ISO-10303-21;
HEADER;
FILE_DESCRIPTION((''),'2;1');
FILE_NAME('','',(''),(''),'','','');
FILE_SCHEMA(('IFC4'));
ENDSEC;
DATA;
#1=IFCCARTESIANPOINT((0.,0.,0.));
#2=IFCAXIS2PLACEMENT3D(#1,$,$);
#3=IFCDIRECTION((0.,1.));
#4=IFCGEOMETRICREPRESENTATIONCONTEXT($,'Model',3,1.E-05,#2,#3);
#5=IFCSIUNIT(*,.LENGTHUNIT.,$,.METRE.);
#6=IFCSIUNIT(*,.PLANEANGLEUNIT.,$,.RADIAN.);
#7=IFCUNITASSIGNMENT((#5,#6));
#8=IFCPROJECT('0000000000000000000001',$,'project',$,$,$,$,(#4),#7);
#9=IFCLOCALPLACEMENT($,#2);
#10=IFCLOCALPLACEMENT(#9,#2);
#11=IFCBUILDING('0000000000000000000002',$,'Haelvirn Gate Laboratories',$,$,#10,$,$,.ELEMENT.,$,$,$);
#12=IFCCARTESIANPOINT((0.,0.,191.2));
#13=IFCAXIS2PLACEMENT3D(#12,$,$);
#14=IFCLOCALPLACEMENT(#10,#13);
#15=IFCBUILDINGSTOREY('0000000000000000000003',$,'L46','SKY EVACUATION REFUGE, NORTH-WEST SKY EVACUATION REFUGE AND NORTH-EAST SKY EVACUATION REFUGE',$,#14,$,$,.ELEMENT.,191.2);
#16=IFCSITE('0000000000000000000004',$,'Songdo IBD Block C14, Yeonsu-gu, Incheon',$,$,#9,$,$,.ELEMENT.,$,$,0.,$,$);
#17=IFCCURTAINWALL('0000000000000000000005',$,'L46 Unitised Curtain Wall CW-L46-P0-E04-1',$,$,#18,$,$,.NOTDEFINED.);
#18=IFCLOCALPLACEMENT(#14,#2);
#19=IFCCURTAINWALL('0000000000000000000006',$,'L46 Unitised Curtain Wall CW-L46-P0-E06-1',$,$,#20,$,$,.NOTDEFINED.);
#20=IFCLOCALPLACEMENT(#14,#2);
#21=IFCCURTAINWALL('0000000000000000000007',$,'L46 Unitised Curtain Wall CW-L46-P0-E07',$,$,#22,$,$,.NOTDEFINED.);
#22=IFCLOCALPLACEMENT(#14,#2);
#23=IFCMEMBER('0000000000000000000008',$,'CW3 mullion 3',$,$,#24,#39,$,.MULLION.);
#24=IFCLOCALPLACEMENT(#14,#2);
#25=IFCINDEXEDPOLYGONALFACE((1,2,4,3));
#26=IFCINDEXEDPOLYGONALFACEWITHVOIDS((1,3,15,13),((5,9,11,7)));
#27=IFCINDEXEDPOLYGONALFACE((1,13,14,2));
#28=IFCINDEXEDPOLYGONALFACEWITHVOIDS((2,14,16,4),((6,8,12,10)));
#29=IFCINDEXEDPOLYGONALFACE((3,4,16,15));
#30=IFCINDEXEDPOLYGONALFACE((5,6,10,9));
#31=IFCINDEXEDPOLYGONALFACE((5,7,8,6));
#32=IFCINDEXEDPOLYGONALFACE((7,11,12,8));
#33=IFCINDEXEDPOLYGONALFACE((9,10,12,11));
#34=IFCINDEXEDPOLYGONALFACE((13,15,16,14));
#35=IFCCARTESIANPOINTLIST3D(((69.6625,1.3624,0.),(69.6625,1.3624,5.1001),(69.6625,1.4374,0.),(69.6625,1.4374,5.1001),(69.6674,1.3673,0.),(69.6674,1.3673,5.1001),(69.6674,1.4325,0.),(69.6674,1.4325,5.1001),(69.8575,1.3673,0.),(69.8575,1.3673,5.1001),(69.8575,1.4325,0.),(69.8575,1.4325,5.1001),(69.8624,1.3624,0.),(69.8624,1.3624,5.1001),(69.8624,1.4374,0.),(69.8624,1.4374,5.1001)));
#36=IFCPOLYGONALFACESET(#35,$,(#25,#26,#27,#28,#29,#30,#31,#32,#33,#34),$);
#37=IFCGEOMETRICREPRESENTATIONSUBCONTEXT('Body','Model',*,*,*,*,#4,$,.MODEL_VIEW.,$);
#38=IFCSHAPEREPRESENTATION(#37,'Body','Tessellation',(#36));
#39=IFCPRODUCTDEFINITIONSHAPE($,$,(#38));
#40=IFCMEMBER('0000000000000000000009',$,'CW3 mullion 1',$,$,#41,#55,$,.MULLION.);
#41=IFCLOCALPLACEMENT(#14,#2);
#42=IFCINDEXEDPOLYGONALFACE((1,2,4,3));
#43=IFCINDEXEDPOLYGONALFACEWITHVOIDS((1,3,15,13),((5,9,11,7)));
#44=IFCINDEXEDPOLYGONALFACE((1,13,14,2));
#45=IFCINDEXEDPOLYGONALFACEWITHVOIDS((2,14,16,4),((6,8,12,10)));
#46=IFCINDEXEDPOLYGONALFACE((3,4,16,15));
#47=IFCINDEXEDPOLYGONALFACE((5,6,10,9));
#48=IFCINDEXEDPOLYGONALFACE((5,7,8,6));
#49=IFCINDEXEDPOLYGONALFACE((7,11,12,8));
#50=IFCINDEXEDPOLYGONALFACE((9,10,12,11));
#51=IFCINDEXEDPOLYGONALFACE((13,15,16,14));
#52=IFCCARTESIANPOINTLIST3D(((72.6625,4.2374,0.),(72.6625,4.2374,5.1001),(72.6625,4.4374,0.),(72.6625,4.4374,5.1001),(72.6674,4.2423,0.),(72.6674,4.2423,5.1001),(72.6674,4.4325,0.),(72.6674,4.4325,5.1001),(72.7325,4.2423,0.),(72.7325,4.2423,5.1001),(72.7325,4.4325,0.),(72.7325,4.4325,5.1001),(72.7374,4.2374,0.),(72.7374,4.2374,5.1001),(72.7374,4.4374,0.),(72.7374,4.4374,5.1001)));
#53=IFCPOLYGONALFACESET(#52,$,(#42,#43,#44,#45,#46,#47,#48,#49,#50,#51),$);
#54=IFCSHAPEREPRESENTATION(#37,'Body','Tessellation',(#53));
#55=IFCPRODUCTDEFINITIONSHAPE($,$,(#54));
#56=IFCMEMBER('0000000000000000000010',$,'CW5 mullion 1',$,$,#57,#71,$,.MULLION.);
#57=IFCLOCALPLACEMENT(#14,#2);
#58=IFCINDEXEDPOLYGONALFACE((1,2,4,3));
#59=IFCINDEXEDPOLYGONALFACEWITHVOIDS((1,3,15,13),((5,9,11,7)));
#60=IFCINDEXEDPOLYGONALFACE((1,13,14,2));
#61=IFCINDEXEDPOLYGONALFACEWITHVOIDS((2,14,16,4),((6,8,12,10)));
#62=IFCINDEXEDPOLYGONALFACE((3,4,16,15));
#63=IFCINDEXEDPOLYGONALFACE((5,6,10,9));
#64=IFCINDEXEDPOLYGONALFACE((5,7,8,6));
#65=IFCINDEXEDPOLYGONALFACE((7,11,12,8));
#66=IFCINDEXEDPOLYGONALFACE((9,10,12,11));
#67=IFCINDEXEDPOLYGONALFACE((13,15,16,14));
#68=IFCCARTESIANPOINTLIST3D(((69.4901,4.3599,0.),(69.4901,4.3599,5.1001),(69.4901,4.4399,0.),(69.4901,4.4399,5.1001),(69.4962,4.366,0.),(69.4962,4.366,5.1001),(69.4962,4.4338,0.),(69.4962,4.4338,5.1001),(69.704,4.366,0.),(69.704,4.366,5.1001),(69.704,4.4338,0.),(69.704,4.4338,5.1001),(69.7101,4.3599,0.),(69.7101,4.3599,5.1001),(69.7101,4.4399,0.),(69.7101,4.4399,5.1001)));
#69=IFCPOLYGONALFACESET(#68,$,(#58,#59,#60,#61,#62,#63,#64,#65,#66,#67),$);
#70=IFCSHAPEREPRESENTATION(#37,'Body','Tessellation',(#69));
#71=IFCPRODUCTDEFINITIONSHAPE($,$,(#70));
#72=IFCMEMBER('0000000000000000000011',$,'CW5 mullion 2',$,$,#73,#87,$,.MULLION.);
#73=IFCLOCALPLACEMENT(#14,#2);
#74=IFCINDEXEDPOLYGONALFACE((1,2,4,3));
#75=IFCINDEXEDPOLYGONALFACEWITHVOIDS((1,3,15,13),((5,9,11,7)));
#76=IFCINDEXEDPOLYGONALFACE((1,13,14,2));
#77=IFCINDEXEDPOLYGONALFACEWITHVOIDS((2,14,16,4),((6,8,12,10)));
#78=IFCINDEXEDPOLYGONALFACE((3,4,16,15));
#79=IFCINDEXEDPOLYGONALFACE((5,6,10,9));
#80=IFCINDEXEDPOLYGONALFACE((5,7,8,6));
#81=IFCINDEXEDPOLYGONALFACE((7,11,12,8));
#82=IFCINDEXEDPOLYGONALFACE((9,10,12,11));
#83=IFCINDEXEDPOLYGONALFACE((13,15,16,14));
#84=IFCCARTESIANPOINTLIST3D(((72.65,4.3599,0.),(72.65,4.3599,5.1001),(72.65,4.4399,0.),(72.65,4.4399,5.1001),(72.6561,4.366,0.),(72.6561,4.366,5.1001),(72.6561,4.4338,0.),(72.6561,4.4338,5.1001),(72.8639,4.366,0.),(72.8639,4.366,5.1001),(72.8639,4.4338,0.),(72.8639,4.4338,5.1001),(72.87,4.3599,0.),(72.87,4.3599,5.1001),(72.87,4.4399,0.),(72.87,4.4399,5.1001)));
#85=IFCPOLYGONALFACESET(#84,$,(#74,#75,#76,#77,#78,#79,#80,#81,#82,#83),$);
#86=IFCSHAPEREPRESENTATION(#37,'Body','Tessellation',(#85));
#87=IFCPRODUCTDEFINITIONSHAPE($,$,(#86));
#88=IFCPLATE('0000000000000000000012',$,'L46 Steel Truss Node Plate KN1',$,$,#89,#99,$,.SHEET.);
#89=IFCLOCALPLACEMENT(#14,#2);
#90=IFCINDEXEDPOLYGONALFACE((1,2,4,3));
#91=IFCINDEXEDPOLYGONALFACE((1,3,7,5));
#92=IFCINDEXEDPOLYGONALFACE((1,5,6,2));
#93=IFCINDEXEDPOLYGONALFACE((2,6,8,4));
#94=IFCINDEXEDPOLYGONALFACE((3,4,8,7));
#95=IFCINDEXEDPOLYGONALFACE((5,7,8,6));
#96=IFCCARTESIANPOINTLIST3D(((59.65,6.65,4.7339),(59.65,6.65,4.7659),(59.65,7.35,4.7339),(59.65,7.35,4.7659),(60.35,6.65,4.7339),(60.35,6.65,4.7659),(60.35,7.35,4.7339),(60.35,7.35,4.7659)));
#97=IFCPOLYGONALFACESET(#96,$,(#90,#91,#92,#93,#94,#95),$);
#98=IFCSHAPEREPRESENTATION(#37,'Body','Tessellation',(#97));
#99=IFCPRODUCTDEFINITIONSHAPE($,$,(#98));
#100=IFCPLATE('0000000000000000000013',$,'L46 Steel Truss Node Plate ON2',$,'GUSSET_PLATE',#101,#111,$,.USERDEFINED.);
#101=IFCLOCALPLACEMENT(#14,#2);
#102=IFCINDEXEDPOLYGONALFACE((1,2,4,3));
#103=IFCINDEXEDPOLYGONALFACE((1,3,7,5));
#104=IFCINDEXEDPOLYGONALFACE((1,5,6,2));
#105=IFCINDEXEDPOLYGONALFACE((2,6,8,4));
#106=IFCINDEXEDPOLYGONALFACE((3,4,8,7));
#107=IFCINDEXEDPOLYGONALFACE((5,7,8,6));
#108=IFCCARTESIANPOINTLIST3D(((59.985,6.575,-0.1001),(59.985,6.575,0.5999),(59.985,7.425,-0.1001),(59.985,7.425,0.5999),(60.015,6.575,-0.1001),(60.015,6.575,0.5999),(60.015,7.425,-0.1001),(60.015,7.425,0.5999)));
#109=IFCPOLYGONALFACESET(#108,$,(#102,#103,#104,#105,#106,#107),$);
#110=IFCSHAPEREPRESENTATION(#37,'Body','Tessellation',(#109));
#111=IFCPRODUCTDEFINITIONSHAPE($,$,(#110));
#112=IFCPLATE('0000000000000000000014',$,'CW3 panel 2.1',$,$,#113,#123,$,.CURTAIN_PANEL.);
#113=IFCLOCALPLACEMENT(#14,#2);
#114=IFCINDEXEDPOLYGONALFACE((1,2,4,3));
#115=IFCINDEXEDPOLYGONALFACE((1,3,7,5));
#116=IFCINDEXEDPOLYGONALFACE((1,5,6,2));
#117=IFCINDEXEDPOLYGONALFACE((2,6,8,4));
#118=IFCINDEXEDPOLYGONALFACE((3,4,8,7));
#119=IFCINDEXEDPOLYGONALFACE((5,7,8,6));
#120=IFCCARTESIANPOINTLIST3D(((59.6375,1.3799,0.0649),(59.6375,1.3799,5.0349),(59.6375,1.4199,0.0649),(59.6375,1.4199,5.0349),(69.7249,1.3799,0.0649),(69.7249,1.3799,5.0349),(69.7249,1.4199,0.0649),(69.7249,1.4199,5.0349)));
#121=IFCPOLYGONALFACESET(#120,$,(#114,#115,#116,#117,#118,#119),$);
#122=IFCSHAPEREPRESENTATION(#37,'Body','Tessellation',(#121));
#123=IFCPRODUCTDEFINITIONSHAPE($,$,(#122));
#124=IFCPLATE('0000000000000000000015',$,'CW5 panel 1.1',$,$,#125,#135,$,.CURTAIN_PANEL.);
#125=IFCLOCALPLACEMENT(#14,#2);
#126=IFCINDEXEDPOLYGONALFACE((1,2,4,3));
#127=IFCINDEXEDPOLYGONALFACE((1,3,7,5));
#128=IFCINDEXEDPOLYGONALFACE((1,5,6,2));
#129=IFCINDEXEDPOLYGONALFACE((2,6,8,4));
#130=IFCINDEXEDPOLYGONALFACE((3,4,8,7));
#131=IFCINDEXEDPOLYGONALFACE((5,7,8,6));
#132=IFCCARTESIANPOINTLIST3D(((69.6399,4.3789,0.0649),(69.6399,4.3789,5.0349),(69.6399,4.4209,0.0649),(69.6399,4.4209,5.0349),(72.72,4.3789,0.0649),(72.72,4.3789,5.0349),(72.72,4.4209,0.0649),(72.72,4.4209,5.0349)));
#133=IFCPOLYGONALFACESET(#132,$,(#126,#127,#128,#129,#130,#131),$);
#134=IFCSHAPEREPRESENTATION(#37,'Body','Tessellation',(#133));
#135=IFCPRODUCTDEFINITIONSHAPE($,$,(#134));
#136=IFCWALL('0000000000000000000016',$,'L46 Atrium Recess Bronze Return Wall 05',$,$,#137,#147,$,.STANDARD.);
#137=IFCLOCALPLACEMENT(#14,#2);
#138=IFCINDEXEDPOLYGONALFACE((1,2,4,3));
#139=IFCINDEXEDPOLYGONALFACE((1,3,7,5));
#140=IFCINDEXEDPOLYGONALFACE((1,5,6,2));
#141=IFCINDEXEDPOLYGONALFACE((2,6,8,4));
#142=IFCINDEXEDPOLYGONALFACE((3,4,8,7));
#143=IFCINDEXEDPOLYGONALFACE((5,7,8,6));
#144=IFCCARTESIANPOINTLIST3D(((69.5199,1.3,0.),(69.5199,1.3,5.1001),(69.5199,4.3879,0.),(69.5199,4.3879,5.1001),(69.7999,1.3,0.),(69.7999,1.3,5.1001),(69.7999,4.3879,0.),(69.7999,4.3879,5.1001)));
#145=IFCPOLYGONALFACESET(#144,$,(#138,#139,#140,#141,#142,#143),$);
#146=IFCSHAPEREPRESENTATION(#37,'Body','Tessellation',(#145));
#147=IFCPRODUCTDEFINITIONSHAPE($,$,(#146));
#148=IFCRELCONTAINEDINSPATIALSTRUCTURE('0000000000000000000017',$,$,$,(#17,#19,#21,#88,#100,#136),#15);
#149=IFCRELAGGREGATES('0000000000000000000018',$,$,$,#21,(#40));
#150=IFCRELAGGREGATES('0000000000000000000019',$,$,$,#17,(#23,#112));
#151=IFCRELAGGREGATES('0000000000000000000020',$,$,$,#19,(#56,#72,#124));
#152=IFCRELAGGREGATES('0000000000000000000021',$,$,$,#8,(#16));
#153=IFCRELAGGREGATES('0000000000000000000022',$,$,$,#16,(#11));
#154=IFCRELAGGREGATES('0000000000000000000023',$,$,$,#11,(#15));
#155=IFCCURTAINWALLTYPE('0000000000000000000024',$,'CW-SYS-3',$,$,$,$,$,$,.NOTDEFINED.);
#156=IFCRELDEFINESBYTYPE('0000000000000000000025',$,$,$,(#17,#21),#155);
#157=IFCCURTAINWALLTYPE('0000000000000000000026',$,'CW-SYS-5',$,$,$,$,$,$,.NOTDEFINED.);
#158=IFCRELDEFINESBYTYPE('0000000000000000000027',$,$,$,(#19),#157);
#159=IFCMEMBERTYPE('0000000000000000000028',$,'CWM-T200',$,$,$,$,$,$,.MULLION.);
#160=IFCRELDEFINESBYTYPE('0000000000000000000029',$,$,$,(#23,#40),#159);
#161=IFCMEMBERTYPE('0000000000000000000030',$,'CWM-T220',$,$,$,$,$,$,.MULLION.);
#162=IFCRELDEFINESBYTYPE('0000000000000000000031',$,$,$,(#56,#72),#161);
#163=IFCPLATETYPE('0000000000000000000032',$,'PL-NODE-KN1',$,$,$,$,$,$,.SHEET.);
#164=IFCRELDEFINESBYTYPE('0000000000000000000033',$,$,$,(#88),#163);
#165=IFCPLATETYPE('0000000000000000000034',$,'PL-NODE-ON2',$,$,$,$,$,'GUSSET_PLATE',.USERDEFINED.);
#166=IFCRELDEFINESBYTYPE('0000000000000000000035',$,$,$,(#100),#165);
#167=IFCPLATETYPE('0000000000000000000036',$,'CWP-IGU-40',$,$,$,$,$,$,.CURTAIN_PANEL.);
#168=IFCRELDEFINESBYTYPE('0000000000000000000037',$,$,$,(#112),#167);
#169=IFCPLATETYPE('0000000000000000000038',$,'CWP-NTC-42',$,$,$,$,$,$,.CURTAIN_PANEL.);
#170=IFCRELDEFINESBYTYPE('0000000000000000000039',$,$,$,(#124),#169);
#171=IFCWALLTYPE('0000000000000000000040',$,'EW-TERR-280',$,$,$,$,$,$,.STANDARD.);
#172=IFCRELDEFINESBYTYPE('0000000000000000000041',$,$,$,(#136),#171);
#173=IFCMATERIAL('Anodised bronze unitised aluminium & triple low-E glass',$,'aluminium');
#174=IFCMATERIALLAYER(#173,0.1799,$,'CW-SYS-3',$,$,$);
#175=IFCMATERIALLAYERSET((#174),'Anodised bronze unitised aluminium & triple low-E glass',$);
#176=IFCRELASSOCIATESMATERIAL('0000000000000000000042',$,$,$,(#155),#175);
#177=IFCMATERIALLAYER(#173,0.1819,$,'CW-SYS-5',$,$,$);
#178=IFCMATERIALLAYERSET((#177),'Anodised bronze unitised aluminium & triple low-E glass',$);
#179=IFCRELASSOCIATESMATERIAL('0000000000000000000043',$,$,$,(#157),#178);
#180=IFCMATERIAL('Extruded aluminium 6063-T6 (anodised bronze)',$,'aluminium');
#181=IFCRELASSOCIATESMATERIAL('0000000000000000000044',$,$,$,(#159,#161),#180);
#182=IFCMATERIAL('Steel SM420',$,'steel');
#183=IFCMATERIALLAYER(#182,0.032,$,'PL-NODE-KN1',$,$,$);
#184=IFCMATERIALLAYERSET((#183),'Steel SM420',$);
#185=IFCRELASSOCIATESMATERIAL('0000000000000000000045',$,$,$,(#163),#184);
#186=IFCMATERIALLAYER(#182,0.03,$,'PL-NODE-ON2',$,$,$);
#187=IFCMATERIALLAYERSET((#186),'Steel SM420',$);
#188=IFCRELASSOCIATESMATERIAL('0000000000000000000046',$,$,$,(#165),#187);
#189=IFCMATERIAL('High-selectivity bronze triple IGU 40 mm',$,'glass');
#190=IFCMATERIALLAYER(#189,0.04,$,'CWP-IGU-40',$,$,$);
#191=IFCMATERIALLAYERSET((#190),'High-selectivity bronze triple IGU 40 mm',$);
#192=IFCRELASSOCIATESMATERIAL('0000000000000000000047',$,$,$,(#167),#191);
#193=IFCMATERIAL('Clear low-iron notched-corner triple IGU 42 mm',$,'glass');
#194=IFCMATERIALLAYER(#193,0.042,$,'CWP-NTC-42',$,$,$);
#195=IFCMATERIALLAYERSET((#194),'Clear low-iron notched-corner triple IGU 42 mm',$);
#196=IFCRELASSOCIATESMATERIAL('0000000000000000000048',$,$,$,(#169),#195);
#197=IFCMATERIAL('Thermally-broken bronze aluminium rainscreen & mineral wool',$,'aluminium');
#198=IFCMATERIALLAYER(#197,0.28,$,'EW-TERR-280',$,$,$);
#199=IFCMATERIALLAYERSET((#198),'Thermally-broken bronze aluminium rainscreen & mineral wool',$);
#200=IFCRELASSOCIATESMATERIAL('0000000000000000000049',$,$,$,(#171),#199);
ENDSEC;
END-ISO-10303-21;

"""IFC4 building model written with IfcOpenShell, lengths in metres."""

from ifc_helpers import new_model, si_unit, direction, frame, frame_2d, origin, origin_2d, place, context, subcontext, project, spatial, rectangle, hollow_rectangle, extrude, source, transform, mapped, material, layer, layer_set, material_profile, profile_set, type_object, type_shapes, element, aggregate, save


model = new_model("IFC4")

# Units and contexts
model_context = context("Model", 3, precision=1e-05, world=origin(), true_north=direction((0.0, 1.0)))
body_context = subcontext(model_context, "Body", "Model", "MODEL_VIEW")
ifc_project = project(units=[si_unit("LENGTHUNIT", "METRE"), si_unit("PLANEANGLEUNIT", "RADIAN")], contexts=[model_context])

# Site, building, storey
site_placement = place(None, origin())
site = spatial("IfcSite", under=ifc_project, at=site_placement, Name="Songdo IBD Block C14, Yeonsu-gu, Incheon", CompositionType="ELEMENT", RefElevation=0.0)
building_placement = place(site_placement, origin())
building = spatial("IfcBuilding", under=site, at=building_placement, Name="Haelvirn Gate Laboratories", CompositionType="ELEMENT")
storey_placement = place(building_placement, frame((0.0, 0.0, 191.2)))
storey = spatial("IfcBuildingStorey", under=building, at=storey_placement, Name="L46", Description="SKY EVACUATION REFUGE, NORTH-WEST SKY EVACUATION REFUGE AND NORTH-EAST SKY EVACUATION REFUGE", CompositionType="ELEMENT", Elevation=191.2)

# Shared definitions
ifc_material_1 = material(Name="Steel SM420", Category="steel")

# Curtain walls
ifc_material_2 = material(Name="Anodised bronze unitised aluminium & triple low-E glass", Category="aluminium")
ifc_layer_1 = layer(ifc_material_2, 0.1799, Name="CW-SYS-3")
ifc_layer_set_1 = layer_set([ifc_layer_1], Name="Anodised bronze unitised aluminium & triple low-E glass")
curtain_wall_type_1 = type_object("IfcCurtainWallType", Name="CW-SYS-3", PredefinedType="NOTDEFINED", material=ifc_layer_set_1)
curtain_wall_1_placement = place(storey_placement, origin())
curtain_wall_1 = element("IfcCurtainWall", 1, at=curtain_wall_1_placement, inside=storey, type_object=curtain_wall_type_1, Name="L46 Unitised Curtain Wall CW-L46-P0-E04-1", PredefinedType="NOTDEFINED")
ifc_material_3 = material(Name="Extruded aluminium 6063-T6 (anodised bronze)", Category="aluminium")
ifc_layer_2 = layer(ifc_material_2, 0.1819, Name="CW-SYS-5")
ifc_layer_set_2 = layer_set([ifc_layer_2], Name="Anodised bronze unitised aluminium & triple low-E glass")
curtain_wall_type_2 = type_object("IfcCurtainWallType", Name="CW-SYS-5", PredefinedType="NOTDEFINED", material=ifc_layer_set_2)
curtain_wall_2_placement = place(storey_placement, origin())
curtain_wall_2 = element("IfcCurtainWall", 2, at=curtain_wall_2_placement, inside=storey, type_object=curtain_wall_type_2, Name="L46 Unitised Curtain Wall CW-L46-P0-E06-1", PredefinedType="NOTDEFINED")
curtain_wall_3_placement = place(storey_placement, origin())
curtain_wall_3 = element("IfcCurtainWall", 3, at=curtain_wall_3_placement, inside=storey, type_object=curtain_wall_type_1, Name="L46 Unitised Curtain Wall CW-L46-P0-E07", PredefinedType="NOTDEFINED")

# Members
ifc_material_profile_1 = material_profile(ifc_material_3, hollow_rectangle(XDim=0.075, YDim=0.2, WallThickness=0.0049, at=origin_2d()), Name="CWM-200x75x5")
ifc_profile_set_1 = profile_set([ifc_material_profile_1], Name="Extruded aluminium 6063-T6 (anodised bronze)")
member_type_1 = type_object("IfcMemberType", Name="CWM-T200", PredefinedType="MULLION", material=ifc_profile_set_1)
shared_shape_1 = source(origin(), body_context, "Body", "SweptSolid", [
    extrude(hollow_rectangle(XDim=0.075, YDim=0.2, WallThickness=0.0049, at=origin_2d()), origin(), (0.0, 0.0, 1.0), 5.1001),
])
type_shapes(member_type_1, [shared_shape_1])
member_1_placement = place(storey_placement, frame((69.7625, 1.3999, 0.0), z_axis=(0.0, 0.0, 1.0), x_axis=(0.0, 1.0, 0.0)))
member_1 = element("IfcMember", 4, at=member_1_placement, type_object=member_type_1, Name="CW3 mullion 3", PredefinedType="MULLION", context=body_context, shape_type="MappedRepresentation", body=[
    mapped(shared_shape_1, transform((0.0, 0.0, 0.0), scale=1.0)),
])
member_2_placement = place(storey_placement, frame((72.7, 4.3374, 0.0), z_axis=(0.0, 0.0, 1.0), x_axis=(-1.0, 0.0, 0.0)))
member_2 = element("IfcMember", 5, at=member_2_placement, type_object=member_type_1, Name="CW3 mullion 1", PredefinedType="MULLION", context=body_context, shape_type="MappedRepresentation", body=[
    mapped(shared_shape_1, transform((0.0, 0.0, 0.0), scale=1.0)),
])
aggregate(curtain_wall_3, [member_2])
ifc_material_profile_2 = material_profile(ifc_material_3, hollow_rectangle(XDim=0.0801, YDim=0.22, WallThickness=0.0061, at=origin_2d()), Name="CWM-220x80x6")
ifc_profile_set_2 = profile_set([ifc_material_profile_2], Name="Extruded aluminium 6063-T6 (anodised bronze)")
member_type_2 = type_object("IfcMemberType", Name="CWM-T220", PredefinedType="MULLION", material=ifc_profile_set_2)
shared_shape_2 = source(origin(), body_context, "Body", "SweptSolid", [
    extrude(hollow_rectangle(XDim=0.0801, YDim=0.22, WallThickness=0.0061, at=origin_2d()), origin(), (0.0, 0.0, 1.0), 5.1001),
])
type_shapes(member_type_2, [shared_shape_2])
member_3_placement = place(storey_placement, frame((69.6001, 4.3999, 0.0), z_axis=(0.0, 0.0, 1.0), x_axis=(0.0, 1.0, 0.0)))
member_3 = element("IfcMember", 6, at=member_3_placement, type_object=member_type_2, Name="CW5 mullion 1", PredefinedType="MULLION", context=body_context, shape_type="MappedRepresentation", body=[
    mapped(shared_shape_2, transform((0.0, 0.0, 0.0), scale=1.0)),
])
member_4_placement = place(storey_placement, frame((72.76, 4.3999, 0.0), z_axis=(0.0, 0.0, 1.0), x_axis=(0.0, 1.0, 0.0)))
member_4 = element("IfcMember", 7, at=member_4_placement, type_object=member_type_2, Name="CW5 mullion 2", PredefinedType="MULLION", context=body_context, shape_type="MappedRepresentation", body=[
    mapped(shared_shape_2, transform((0.0, 0.0, 0.0), scale=1.0)),
])

# Plates
ifc_layer_3 = layer(ifc_material_1, 0.032, Name="PL-NODE-KN1")
ifc_layer_set_3 = layer_set([ifc_layer_3], Name="Steel SM420")
plate_type_1 = type_object("IfcPlateType", Name="PL-NODE-KN1", PredefinedType="SHEET", material=ifc_layer_set_3)
shared_shape_3 = source(origin(), body_context, "Body", "SweptSolid", [
    extrude(rectangle(XDim=0.7, YDim=0.7, at=origin_2d()), origin(), (0.0, 0.0, 1.0), 0.032),
])
type_shapes(plate_type_1, [shared_shape_3])
plate_1_placement = place(storey_placement, frame((60.0, 7.0, 4.7339), z_axis=(0.0, 0.0, 1.0), x_axis=(1.0, 0.0, 0.0)))
element("IfcPlate", 8, at=plate_1_placement, inside=storey, type_object=plate_type_1, Name="L46 Steel Truss Node Plate KN1", PredefinedType="SHEET", context=body_context, shape_type="MappedRepresentation", body=[
    mapped(shared_shape_3, transform((0.0, 0.0, 0.0), scale=1.0)),
])
ifc_layer_4 = layer(ifc_material_1, 0.03, Name="PL-NODE-ON2")
ifc_layer_set_4 = layer_set([ifc_layer_4], Name="Steel SM420")
plate_type_2 = type_object("IfcPlateType", Name="PL-NODE-ON2", ElementType="GUSSET_PLATE", PredefinedType="USERDEFINED", material=ifc_layer_set_4)
shared_shape_4 = source(origin(), body_context, "Body", "SweptSolid", [
    extrude(rectangle(XDim=0.8501, YDim=0.03, at=origin_2d()), origin(), (0.0, 0.0, 1.0), 0.7),
])
type_shapes(plate_type_2, [shared_shape_4])
plate_2_placement = place(storey_placement, frame((60.0, 7.0, -0.1001), z_axis=(0.0, 0.0, 1.0), x_axis=(0.0, 1.0, 0.0)))
element("IfcPlate", 9, at=plate_2_placement, inside=storey, type_object=plate_type_2, Name="L46 Steel Truss Node Plate ON2", ObjectType="GUSSET_PLATE", PredefinedType="USERDEFINED", context=body_context, shape_type="MappedRepresentation", body=[
    mapped(shared_shape_4, transform((0.0, 0.0, 0.0), scale=1.0)),
])

# Plates
ifc_material_4 = material(Name="High-selectivity bronze triple IGU 40 mm", Category="glass")
ifc_layer_5 = layer(ifc_material_4, 0.04, Name="CWP-IGU-40")
ifc_layer_set_5 = layer_set([ifc_layer_5], Name="High-selectivity bronze triple IGU 40 mm")
plate_type_3 = type_object("IfcPlateType", Name="CWP-IGU-40", PredefinedType="CURTAIN_PANEL", material=ifc_layer_set_5)
shared_shape_5 = source(origin(), body_context, "Body", "SweptSolid", [
    extrude(rectangle(XDim=10.0874, YDim=0.04, at=origin_2d()), origin(), (0.0, 0.0, 1.0), 4.97),
])
type_shapes(plate_type_3, [shared_shape_5])
plate_3_placement = place(storey_placement, frame((64.6812, 1.3999, 0.0649), z_axis=(0.0, 0.0, 1.0), x_axis=(1.0, 0.0, 0.0)))
plate_3 = element("IfcPlate", 10, at=plate_3_placement, type_object=plate_type_3, Name="CW3 panel 2.1", PredefinedType="CURTAIN_PANEL", context=body_context, shape_type="MappedRepresentation", body=[
    mapped(shared_shape_5, transform((0.0, 0.0, 0.0), scale=1.0)),
])
aggregate(curtain_wall_1, [member_1, plate_3])
ifc_material_5 = material(Name="Clear low-iron notched-corner triple IGU 42 mm", Category="glass")
ifc_layer_6 = layer(ifc_material_5, 0.042, Name="CWP-NTC-42")
ifc_layer_set_6 = layer_set([ifc_layer_6], Name="Clear low-iron notched-corner triple IGU 42 mm")
plate_type_4 = type_object("IfcPlateType", Name="CWP-NTC-42", PredefinedType="CURTAIN_PANEL", material=ifc_layer_set_6)
shared_shape_6 = source(origin(), body_context, "Body", "SweptSolid", [
    extrude(rectangle(XDim=3.0801, YDim=0.042, at=origin_2d()), origin(), (0.0, 0.0, 1.0), 4.97),
])
type_shapes(plate_type_4, [shared_shape_6])
plate_4_placement = place(storey_placement, frame((71.1799, 4.3999, 0.0649), z_axis=(0.0, 0.0, 1.0), x_axis=(1.0, 0.0, 0.0)))
plate_4 = element("IfcPlate", 11, at=plate_4_placement, type_object=plate_type_4, Name="CW5 panel 1.1", PredefinedType="CURTAIN_PANEL", context=body_context, shape_type="MappedRepresentation", body=[
    mapped(shared_shape_6, transform((0.0, 0.0, 0.0), scale=1.0)),
])
aggregate(curtain_wall_2, [member_3, member_4, plate_4])

# Wall
ifc_material_6 = material(Name="Thermally-broken bronze aluminium rainscreen & mineral wool", Category="aluminium")
ifc_layer_7 = layer(ifc_material_6, 0.28, Name="EW-TERR-280")
ifc_layer_set_7 = layer_set([ifc_layer_7], Name="Thermally-broken bronze aluminium rainscreen & mineral wool")
wall_type = type_object("IfcWallType", Name="EW-TERR-280", PredefinedType="STANDARD", material=ifc_layer_set_7)
wall_placement = place(storey_placement, frame((69.6599, 1.3, 0.0), z_axis=(0.0, 0.0, 1.0), x_axis=(0.0, 1.0, 0.0)))
element("IfcWall", 12, at=wall_placement, inside=storey, type_object=wall_type, Name="L46 Atrium Recess Bronze Return Wall 05", PredefinedType="STANDARD", context=body_context, shape_type="SweptSolid", body=[
    extrude(rectangle(XDim=3.0879, YDim=0.28, at=frame_2d((1.5439, 0.0))), origin(), (0.0, 0.0, 1.0), 5.1001),
])

save(model, "model.ifc")
